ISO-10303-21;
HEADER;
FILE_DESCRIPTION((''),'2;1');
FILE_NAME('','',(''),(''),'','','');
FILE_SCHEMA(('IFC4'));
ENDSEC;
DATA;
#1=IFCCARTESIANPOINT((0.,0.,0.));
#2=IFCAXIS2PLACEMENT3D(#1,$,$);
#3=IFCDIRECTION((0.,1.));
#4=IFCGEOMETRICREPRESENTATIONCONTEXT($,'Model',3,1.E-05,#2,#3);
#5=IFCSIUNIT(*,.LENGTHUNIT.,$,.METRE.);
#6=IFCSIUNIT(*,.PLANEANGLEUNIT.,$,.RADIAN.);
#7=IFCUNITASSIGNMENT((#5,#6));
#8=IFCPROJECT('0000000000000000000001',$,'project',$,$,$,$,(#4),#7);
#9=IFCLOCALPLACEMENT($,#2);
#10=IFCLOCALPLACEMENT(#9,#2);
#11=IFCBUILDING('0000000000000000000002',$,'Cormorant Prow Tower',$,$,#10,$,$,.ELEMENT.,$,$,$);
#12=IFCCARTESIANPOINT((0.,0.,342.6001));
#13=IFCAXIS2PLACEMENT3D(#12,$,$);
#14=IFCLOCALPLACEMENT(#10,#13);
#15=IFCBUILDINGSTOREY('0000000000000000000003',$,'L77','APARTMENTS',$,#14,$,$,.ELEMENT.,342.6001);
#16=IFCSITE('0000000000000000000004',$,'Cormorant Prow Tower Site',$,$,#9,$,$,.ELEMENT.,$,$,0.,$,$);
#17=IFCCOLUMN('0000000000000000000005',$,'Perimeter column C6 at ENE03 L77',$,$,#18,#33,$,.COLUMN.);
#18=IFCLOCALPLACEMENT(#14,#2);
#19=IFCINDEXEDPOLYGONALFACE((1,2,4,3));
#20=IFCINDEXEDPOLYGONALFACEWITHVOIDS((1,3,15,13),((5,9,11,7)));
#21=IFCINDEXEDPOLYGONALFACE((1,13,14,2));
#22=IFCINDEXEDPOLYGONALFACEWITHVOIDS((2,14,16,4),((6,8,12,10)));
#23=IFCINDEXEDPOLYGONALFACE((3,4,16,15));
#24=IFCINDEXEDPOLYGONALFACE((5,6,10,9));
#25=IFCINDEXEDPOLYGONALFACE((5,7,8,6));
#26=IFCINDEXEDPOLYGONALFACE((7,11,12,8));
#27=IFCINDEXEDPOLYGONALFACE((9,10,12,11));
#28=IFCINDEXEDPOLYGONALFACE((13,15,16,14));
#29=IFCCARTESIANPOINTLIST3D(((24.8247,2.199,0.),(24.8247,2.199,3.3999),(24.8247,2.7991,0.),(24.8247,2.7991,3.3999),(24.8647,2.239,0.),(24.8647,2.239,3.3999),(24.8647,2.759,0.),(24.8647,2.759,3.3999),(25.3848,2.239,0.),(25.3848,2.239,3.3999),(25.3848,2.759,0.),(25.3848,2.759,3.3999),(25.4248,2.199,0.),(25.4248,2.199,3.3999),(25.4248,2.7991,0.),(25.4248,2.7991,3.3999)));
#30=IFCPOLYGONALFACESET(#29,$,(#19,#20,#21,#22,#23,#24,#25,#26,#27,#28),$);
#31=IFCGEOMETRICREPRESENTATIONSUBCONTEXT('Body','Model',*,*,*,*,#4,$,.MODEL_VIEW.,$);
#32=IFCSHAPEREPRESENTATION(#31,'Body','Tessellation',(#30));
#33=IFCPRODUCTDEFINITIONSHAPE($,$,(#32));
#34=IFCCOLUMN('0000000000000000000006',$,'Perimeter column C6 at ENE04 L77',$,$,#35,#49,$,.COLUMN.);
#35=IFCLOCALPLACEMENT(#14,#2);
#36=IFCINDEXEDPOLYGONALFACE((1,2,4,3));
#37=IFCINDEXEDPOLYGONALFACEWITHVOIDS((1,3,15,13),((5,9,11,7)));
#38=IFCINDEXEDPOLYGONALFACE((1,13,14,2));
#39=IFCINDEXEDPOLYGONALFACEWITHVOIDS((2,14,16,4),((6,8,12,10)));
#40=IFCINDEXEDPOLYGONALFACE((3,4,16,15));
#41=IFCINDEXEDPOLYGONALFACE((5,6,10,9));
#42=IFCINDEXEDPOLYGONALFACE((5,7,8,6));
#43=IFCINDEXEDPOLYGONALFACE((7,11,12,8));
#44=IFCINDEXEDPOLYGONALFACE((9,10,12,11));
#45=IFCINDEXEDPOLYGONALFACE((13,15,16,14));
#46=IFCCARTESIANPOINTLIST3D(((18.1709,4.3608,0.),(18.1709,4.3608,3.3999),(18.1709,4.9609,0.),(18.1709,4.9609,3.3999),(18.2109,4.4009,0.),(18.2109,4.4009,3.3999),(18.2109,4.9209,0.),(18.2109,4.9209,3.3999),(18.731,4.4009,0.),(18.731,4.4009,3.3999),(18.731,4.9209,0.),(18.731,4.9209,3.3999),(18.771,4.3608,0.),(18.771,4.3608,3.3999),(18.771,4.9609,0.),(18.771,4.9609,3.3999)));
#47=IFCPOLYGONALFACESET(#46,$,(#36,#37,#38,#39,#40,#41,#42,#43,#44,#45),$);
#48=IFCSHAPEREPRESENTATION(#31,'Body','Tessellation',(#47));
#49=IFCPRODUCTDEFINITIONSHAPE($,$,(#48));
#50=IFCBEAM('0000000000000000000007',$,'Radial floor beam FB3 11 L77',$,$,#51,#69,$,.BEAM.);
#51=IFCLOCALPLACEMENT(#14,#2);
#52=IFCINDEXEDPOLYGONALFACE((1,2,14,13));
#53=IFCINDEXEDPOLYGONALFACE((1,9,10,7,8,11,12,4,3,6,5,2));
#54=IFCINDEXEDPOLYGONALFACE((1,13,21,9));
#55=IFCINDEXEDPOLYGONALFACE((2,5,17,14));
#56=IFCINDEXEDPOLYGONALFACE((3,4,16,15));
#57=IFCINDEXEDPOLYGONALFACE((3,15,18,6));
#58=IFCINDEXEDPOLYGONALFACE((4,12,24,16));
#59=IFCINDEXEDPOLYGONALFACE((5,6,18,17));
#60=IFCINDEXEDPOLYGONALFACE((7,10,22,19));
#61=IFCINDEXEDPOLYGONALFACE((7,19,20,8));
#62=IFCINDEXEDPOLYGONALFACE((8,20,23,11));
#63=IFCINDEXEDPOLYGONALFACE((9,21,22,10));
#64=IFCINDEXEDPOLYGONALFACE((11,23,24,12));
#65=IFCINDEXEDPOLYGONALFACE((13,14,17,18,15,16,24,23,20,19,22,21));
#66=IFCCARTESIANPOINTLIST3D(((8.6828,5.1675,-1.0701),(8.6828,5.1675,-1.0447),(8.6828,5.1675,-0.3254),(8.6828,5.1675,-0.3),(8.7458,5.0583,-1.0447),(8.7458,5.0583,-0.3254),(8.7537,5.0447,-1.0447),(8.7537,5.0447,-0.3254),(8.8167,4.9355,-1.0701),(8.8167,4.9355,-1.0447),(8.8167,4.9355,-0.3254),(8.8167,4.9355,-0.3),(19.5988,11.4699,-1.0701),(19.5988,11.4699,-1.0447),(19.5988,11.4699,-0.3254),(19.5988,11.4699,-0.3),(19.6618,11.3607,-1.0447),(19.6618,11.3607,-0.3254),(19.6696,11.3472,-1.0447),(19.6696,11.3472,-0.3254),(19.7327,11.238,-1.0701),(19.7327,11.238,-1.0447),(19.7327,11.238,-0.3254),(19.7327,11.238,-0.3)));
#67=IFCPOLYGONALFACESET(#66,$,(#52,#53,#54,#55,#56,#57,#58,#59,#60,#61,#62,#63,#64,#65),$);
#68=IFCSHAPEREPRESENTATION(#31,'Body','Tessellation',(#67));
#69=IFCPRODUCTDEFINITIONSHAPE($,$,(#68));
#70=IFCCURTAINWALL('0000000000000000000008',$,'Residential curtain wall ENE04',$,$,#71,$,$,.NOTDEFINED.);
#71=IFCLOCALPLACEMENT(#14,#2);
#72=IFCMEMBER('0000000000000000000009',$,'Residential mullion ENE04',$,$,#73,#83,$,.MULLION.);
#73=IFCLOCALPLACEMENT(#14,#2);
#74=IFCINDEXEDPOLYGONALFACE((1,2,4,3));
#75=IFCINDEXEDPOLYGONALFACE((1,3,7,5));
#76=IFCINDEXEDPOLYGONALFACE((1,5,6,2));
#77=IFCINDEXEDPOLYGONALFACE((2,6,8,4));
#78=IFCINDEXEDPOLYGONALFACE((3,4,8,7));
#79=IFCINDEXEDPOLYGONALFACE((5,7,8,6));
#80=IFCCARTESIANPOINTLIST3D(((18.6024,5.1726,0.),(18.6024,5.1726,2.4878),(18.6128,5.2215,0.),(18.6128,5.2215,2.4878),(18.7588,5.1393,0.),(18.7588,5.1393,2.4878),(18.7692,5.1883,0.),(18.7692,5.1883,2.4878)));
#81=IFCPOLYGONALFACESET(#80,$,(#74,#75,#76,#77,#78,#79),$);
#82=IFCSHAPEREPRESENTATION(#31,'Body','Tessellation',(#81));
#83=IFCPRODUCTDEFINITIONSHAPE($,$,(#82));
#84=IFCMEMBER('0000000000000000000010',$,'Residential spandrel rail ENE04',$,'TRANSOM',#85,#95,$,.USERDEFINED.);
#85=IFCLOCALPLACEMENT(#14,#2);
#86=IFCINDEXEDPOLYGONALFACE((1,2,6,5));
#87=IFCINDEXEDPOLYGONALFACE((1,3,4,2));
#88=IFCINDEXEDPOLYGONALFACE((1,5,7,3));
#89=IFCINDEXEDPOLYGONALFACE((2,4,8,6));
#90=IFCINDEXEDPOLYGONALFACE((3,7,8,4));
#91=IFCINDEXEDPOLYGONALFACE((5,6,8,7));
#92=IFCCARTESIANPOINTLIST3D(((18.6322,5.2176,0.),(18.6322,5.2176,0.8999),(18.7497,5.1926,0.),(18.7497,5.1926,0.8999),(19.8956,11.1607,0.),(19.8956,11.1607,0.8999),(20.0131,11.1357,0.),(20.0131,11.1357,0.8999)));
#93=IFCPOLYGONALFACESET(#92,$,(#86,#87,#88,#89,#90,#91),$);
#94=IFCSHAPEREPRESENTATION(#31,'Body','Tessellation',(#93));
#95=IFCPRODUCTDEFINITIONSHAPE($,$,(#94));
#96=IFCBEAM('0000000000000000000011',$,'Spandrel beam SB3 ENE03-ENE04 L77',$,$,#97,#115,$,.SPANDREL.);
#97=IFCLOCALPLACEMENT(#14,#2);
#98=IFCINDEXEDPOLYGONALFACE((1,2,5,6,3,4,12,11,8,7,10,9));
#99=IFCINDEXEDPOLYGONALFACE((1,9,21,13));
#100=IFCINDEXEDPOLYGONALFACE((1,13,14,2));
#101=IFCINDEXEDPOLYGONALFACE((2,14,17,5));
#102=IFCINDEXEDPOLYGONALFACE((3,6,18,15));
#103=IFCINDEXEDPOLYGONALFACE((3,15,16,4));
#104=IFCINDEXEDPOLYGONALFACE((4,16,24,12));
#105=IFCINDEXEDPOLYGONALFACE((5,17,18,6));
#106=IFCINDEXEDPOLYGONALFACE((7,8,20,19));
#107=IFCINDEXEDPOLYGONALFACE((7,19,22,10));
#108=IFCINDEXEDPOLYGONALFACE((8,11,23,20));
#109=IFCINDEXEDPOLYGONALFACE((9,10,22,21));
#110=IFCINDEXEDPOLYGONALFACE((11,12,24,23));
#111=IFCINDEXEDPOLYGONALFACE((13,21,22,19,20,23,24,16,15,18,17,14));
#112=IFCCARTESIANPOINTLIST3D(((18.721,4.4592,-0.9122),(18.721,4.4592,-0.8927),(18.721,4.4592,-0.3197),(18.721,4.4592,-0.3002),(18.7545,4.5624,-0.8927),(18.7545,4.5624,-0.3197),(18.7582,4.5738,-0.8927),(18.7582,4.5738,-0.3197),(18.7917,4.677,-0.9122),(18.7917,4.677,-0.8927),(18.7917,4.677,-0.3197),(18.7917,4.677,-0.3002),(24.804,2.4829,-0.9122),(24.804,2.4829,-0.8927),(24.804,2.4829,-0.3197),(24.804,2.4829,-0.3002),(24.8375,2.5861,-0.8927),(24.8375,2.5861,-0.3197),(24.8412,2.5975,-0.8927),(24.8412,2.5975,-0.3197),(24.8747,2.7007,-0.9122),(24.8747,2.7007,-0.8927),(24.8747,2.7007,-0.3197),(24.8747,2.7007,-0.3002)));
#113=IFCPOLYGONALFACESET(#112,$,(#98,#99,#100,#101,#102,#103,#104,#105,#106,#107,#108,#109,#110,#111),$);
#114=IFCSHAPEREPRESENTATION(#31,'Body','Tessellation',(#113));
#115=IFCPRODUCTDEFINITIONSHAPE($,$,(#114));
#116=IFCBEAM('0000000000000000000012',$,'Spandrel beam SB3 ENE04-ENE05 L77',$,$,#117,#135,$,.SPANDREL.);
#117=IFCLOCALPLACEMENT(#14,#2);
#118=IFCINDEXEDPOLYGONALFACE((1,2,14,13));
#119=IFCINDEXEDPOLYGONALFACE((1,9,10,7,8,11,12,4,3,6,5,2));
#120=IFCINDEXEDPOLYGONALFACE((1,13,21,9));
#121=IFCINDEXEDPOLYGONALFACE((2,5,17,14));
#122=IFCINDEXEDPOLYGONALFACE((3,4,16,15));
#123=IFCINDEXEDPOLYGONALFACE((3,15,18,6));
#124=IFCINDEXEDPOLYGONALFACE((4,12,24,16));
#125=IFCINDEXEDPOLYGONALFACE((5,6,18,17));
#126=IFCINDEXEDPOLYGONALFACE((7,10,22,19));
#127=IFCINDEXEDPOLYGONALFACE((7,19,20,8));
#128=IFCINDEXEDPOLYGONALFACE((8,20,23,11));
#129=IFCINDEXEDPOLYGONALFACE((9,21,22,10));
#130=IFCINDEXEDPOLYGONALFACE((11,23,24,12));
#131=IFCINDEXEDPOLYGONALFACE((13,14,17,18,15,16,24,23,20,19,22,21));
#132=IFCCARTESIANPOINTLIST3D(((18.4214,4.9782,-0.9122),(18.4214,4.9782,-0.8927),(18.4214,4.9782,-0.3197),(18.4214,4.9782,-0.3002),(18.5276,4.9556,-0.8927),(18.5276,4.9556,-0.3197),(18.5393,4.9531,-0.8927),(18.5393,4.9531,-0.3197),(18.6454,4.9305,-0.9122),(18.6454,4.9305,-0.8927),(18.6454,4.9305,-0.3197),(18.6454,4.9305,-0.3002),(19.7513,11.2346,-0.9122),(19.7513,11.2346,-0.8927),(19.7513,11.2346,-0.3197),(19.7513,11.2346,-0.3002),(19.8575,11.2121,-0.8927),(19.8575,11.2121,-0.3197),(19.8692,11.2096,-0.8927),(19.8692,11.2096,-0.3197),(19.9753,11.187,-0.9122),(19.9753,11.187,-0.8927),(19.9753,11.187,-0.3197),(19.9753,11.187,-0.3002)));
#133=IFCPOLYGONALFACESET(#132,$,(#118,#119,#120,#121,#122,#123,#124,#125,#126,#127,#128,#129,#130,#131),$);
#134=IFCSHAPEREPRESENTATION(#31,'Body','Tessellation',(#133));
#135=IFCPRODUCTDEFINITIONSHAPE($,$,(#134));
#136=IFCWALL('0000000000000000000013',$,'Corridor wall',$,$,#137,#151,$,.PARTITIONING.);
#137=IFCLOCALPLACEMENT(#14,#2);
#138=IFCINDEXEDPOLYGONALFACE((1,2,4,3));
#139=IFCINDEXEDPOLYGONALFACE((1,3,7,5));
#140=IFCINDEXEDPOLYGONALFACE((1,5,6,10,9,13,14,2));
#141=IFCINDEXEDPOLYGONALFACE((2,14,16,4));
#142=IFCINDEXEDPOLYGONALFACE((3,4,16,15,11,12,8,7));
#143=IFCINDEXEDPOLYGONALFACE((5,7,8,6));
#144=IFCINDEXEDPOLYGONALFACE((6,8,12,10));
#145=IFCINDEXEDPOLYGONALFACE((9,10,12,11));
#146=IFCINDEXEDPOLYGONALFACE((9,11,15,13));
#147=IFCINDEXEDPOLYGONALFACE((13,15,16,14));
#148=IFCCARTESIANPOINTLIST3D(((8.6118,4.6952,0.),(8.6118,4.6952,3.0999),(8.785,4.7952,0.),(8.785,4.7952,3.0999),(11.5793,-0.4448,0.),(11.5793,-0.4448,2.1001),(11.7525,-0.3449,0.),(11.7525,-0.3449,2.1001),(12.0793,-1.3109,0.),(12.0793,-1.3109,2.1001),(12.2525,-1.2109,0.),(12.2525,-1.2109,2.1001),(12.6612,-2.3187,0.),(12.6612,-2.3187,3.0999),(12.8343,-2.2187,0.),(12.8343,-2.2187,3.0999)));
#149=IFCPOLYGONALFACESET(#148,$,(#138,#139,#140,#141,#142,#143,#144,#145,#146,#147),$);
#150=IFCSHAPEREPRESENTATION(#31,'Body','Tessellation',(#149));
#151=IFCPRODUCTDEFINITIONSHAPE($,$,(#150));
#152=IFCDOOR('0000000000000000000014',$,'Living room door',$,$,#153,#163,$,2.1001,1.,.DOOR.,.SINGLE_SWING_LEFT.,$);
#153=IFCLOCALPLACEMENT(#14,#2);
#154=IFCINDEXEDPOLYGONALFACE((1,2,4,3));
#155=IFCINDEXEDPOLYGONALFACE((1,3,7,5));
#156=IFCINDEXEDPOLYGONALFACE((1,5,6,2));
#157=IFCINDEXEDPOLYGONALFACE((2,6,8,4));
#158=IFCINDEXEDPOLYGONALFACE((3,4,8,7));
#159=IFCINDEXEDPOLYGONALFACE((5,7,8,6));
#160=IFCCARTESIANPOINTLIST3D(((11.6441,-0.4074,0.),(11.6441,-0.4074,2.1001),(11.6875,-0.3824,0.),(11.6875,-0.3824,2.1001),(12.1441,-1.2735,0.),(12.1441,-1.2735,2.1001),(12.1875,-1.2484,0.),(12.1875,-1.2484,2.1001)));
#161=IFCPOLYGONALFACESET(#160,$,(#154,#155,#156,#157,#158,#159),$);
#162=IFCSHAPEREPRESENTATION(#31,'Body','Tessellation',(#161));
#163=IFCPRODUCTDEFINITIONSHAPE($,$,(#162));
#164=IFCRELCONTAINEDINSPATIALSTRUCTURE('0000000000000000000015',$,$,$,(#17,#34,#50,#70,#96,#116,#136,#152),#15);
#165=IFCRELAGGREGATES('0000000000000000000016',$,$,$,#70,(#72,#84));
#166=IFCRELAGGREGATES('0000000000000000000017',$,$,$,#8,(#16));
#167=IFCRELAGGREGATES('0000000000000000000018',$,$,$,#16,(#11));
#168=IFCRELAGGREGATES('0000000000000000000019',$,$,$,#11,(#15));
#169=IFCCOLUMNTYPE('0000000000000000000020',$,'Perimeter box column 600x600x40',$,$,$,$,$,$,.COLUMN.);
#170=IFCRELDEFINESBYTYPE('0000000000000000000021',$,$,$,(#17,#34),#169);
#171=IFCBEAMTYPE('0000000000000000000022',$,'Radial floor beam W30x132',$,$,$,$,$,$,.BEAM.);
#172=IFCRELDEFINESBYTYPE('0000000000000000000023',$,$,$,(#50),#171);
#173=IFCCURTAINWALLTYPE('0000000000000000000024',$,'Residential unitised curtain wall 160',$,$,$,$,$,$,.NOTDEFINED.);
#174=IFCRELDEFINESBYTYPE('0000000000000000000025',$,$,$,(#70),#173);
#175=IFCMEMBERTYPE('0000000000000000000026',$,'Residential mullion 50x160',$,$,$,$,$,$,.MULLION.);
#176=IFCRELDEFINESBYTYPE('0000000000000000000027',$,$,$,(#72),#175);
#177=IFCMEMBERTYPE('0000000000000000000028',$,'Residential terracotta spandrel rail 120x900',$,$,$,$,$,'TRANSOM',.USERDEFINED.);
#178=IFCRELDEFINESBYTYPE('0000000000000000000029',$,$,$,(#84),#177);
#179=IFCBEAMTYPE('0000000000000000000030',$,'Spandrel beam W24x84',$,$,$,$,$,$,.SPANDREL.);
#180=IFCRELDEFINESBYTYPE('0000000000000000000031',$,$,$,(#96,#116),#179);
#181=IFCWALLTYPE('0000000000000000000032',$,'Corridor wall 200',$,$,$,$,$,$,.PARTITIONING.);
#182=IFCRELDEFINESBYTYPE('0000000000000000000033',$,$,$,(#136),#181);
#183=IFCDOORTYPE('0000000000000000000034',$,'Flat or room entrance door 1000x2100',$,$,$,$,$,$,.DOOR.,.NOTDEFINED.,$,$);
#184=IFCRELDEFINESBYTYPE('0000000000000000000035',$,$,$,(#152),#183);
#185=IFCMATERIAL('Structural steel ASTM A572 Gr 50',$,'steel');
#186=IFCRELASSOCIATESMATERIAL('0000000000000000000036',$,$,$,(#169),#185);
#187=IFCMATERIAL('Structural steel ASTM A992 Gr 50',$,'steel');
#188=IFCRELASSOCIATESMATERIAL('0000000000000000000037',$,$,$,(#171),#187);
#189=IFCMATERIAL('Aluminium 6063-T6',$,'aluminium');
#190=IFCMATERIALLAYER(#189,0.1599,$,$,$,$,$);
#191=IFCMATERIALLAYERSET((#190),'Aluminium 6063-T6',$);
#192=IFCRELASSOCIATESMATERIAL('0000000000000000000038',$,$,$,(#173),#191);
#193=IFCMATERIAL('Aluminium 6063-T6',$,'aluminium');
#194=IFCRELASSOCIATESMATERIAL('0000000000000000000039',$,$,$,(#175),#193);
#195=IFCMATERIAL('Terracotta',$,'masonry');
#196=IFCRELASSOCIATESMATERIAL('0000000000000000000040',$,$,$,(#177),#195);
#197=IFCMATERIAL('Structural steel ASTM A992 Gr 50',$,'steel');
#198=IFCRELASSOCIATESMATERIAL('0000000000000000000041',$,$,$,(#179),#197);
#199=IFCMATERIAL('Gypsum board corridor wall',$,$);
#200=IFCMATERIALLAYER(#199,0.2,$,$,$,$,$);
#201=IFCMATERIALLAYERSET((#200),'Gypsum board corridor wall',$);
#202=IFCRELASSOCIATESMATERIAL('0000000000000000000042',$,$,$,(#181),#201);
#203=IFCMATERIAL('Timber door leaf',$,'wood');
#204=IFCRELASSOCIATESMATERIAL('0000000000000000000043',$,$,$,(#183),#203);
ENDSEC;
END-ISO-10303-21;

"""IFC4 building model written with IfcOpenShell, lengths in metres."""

from ifc_helpers import new_model, si_unit, direction, frame, frame_2d, origin, origin_2d, place, context, subcontext, project, spatial, rectangle, hollow_rectangle, i_section, extrude, material, layer, layer_set, material_profile, profile_set, type_object, element, fill, aggregate, save


model = new_model("IFC4")

# Units and contexts
model_context = context("Model", 3, precision=1e-05, world=origin(), true_north=direction((0.0, 1.0)))
body_context = subcontext(model_context, "Body", "Model", "MODEL_VIEW")
ifc_project = project(units=[si_unit("LENGTHUNIT", "METRE"), si_unit("PLANEANGLEUNIT", "RADIAN")], contexts=[model_context])

# Site, building, storey
site_placement = place(None, origin())
site = spatial("IfcSite", under=ifc_project, at=site_placement, Name="Cormorant Prow Tower Site", CompositionType="ELEMENT", RefElevation=0.0)
building_placement = place(site_placement, origin())
building = spatial("IfcBuilding", under=site, at=building_placement, Name="Cormorant Prow Tower", CompositionType="ELEMENT")
storey_placement = place(building_placement, frame((0.0, 0.0, 342.6001)))
storey = spatial("IfcBuildingStorey", under=building, at=storey_placement, Name="L77", Description="APARTMENTS", CompositionType="ELEMENT", Elevation=342.6001)

# Columns
ifc_material_1 = material(Name="Structural steel ASTM A572 Gr 50", Category="steel")
ifc_material_profile_1 = material_profile(ifc_material_1, hollow_rectangle(XDim=0.6001, YDim=0.6001, WallThickness=0.04, at=origin_2d()), Name="Box 600x600x40")
ifc_profile_set_1 = profile_set([ifc_material_profile_1], Name="Structural steel ASTM A572 Gr 50")
column_type = type_object("IfcColumnType", Name="Perimeter box column 600x600x40", PredefinedType="COLUMN", material=ifc_profile_set_1)
for number, where, z_axis, x_axis, name in (
    (1, (25.1248, 2.499, 0.0), (0.0, 0.0, 1.0), (1.0, 0.0, 0.0), "Perimeter column C6 at ENE03 L77"),
    (2, (18.4709, 4.6609, 0.0), (0.0, 0.0, 1.0), (1.0, 0.0, 0.0), "Perimeter column C6 at ENE04 L77"),
):
    element("IfcColumn", number, at=place(storey_placement, frame(where, z_axis=z_axis, x_axis=x_axis)), inside=storey, type_object=column_type, Name=name, PredefinedType="COLUMN", context=body_context, shape_type="SweptSolid", body=[
        extrude(hollow_rectangle(XDim=0.6001, YDim=0.6001, WallThickness=0.04, at=origin_2d()), origin(), (0.0, 0.0, 1.0), 3.3999),
    ])

# Beam
ifc_material_2 = material(Name="Structural steel ASTM A992 Gr 50", Category="steel")
ifc_material_profile_2 = material_profile(ifc_material_2, i_section(OverallWidth=0.2678, OverallDepth=0.77, WebThickness=0.0156, FlangeThickness=0.0254, at=origin_2d()), Name="W30x132")
ifc_profile_set_2 = profile_set([ifc_material_profile_2], Name="Structural steel ASTM A992 Gr 50")
beam_type_1 = type_object("IfcBeamType", Name="Radial floor beam W30x132", PredefinedType="BEAM", material=ifc_profile_set_2)
beam_1_placement = place(storey_placement, frame((8.7498, 5.0515, -0.6851), z_axis=(0.866021, 0.500007, 0.0), x_axis=(-0.500007, 0.866021, 0.0)))
element("IfcBeam", 3, at=beam_1_placement, inside=storey, type_object=beam_type_1, Name="Radial floor beam FB3 11 L77", PredefinedType="BEAM", context=body_context, shape_type="SweptSolid", body=[
    extrude(i_section(OverallWidth=0.2678, OverallDepth=0.77, WebThickness=0.0156, FlangeThickness=0.0254, at=origin_2d()), origin(), (0.0, 0.0, 1.0), 12.6047),
])

# Curtain wall, members
ifc_material_3 = material(Name="Aluminium 6063-T6", Category="aluminium")
ifc_layer_1 = layer(ifc_material_3, 0.1599)
ifc_layer_set_1 = layer_set([ifc_layer_1], Name="Aluminium 6063-T6")
curtain_wall_type = type_object("IfcCurtainWallType", Name="Residential unitised curtain wall 160", PredefinedType="NOTDEFINED", material=ifc_layer_set_1)
curtain_wall_placement = place(storey_placement, origin())
curtain_wall = element("IfcCurtainWall", 4, at=curtain_wall_placement, inside=storey, type_object=curtain_wall_type, Name="Residential curtain wall ENE04", PredefinedType="NOTDEFINED")
ifc_material_4 = material(Name="Aluminium 6063-T6", Category="aluminium")
ifc_material_profile_3 = material_profile(ifc_material_4, rectangle(XDim=0.1599, YDim=0.05, at=origin_2d()), Name="Residential mullion 50x160")
ifc_profile_set_3 = profile_set([ifc_material_profile_3], Name="Aluminium 6063-T6")
member_type_1 = type_object("IfcMemberType", Name="Residential mullion 50x160", PredefinedType="MULLION", material=ifc_profile_set_3)
member_1_placement = place(storey_placement, frame((18.6858, 5.1804, 0.0), z_axis=(0.0, 0.0, 1.0), x_axis=(-0.978148, 0.207912, 0.0)))
member_1 = element("IfcMember", 5, at=member_1_placement, type_object=member_type_1, Name="Residential mullion ENE04", PredefinedType="MULLION", context=body_context, shape_type="SweptSolid", body=[
    extrude(rectangle(XDim=0.1599, YDim=0.05, at=origin_2d()), origin(), (0.0, 0.0, 1.0), 2.4878),
])
ifc_material_5 = material(Name="Terracotta", Category="masonry")
ifc_material_profile_4 = material_profile(ifc_material_5, rectangle(XDim=0.1201, YDim=0.8999, at=origin_2d()), Name="Residential terracotta spandrel rail 120x900")
ifc_profile_set_4 = profile_set([ifc_material_profile_4], Name="Terracotta")
member_type_2 = type_object("IfcMemberType", Name="Residential terracotta spandrel rail 120x900", ElementType="TRANSOM", PredefinedType="USERDEFINED", material=ifc_profile_set_4)
member_2_placement = place(storey_placement, frame((18.6909, 5.2051, 0.45), z_axis=(0.20794, 0.978142, 0.0), x_axis=(-0.978142, 0.20794, 0.0)))
member_2 = element("IfcMember", 6, at=member_2_placement, type_object=member_type_2, Name="Residential spandrel rail ENE04", ObjectType="TRANSOM", PredefinedType="USERDEFINED", context=body_context, shape_type="SweptSolid", body=[
    extrude(rectangle(XDim=0.1201, YDim=0.8999, at=origin_2d()), origin(), (0.0, 0.0, 1.0), 6.0759),
])
aggregate(curtain_wall, [member_1, member_2])

# Beams
ifc_material_6 = material(Name="Structural steel ASTM A992 Gr 50", Category="steel")
ifc_material_profile_5 = material_profile(ifc_material_6, i_section(OverallWidth=0.229, OverallDepth=0.6121, WebThickness=0.012, FlangeThickness=0.0195, at=origin_2d()), Name="W24x84")
ifc_profile_set_5 = profile_set([ifc_material_profile_5], Name="Structural steel ASTM A992 Gr 50")
beam_type_2 = type_object("IfcBeamType", Name="Spandrel beam W24x84", PredefinedType="SPANDREL", material=ifc_profile_set_5)
beam_2_placement = place(storey_placement, frame((24.8394, 2.5918, -0.6062), z_axis=(-0.951064, 0.308993, 0.0), x_axis=(-0.308993, -0.951064, 0.0)))
element("IfcBeam", 7, at=beam_2_placement, inside=storey, type_object=beam_type_2, Name="Spandrel beam SB3 ENE03-ENE04 L77", PredefinedType="SPANDREL", context=body_context, shape_type="SweptSolid", body=[
    extrude(i_section(OverallWidth=0.229, OverallDepth=0.6121, WebThickness=0.012, FlangeThickness=0.0195, at=origin_2d()), origin(), (0.0, 0.0, 1.0), 6.396),
])
beam_3_placement = place(storey_placement, frame((18.5334, 4.9543, -0.6062), z_axis=(0.207913, 0.978147, 0.0), x_axis=(-0.978147, 0.207913, 0.0)))
element("IfcBeam", 8, at=beam_3_placement, inside=storey, type_object=beam_type_2, Name="Spandrel beam SB3 ENE04-ENE05 L77", PredefinedType="SPANDREL", context=body_context, shape_type="SweptSolid", body=[
    extrude(i_section(OverallWidth=0.229, OverallDepth=0.6121, WebThickness=0.012, FlangeThickness=0.0195, at=origin_2d()), origin(), (0.0, 0.0, 1.0), 6.3962),
])

# Wall, opening, door
ifc_material_7 = material(Name="Gypsum board corridor wall")
ifc_layer_2 = layer(ifc_material_7, 0.2)
ifc_layer_set_2 = layer_set([ifc_layer_2], Name="Gypsum board corridor wall")
wall_type_1 = type_object("IfcWallType", Name="Corridor wall 200", PredefinedType="PARTITIONING", material=ifc_layer_set_2)
wall_1_placement = place(storey_placement, frame((8.6985, 4.7451, 0.0), z_axis=(0.0, 0.0, 1.0), x_axis=(0.499984, -0.866034, 0.0)))
wall_1 = element("IfcWall", 9, at=wall_1_placement, inside=storey, type_object=wall_type_1, Name="Corridor wall", PredefinedType="PARTITIONING", context=body_context, shape_type="SweptSolid", body=[
    extrude(rectangle(XDim=8.0989, YDim=0.2, at=frame_2d((4.0493, 0.0))), origin(), (0.0, 0.0, 1.0), 3.0999),
])
opening_1_placement = place(wall_1_placement, frame((5.9351, 0.0, 0.0)))
opening_1 = element("IfcOpeningElement", 10, at=opening_1_placement, cuts=wall_1, PredefinedType="OPENING", context=body_context, shape_type="SweptSolid", body=[
    extrude(rectangle(XDim=1.0, YDim=2.1001, at=frame_2d((0.5, 1.05))), frame((0.0, 0.1099, 0.0), z_axis=(0.0, -1.0, 0.0), x_axis=(1.0, 0.0, 0.0)), (0.0, 0.0, 1.0), 0.22),
])
ifc_material_8 = material(Name="Timber door leaf", Category="wood")
door_type_1 = type_object("IfcDoorType", Name="Flat or room entrance door 1000x2100", OperationType="NOTDEFINED", PredefinedType="DOOR", material=ifc_material_8)
door_1_placement = place(opening_1_placement, origin())
door_1 = element("IfcDoor", 11, at=door_1_placement, inside=storey, type_object=door_type_1, Name="Living room door", OperationType="SINGLE_SWING_LEFT", OverallHeight=2.1001, OverallWidth=1.0, PredefinedType="DOOR", context=body_context, shape_type="SweptSolid", body=[
    extrude(rectangle(XDim=1.0, YDim=2.1001, at=frame_2d((0.5, 1.05))), frame((0.0, 0.0249, 0.0), z_axis=(0.0, -1.0, 0.0), x_axis=(1.0, 0.0, 0.0)), (0.0, 0.0, 1.0), 0.05),
])
fill(opening_1, door_1)

save(model, "model.ifc")
